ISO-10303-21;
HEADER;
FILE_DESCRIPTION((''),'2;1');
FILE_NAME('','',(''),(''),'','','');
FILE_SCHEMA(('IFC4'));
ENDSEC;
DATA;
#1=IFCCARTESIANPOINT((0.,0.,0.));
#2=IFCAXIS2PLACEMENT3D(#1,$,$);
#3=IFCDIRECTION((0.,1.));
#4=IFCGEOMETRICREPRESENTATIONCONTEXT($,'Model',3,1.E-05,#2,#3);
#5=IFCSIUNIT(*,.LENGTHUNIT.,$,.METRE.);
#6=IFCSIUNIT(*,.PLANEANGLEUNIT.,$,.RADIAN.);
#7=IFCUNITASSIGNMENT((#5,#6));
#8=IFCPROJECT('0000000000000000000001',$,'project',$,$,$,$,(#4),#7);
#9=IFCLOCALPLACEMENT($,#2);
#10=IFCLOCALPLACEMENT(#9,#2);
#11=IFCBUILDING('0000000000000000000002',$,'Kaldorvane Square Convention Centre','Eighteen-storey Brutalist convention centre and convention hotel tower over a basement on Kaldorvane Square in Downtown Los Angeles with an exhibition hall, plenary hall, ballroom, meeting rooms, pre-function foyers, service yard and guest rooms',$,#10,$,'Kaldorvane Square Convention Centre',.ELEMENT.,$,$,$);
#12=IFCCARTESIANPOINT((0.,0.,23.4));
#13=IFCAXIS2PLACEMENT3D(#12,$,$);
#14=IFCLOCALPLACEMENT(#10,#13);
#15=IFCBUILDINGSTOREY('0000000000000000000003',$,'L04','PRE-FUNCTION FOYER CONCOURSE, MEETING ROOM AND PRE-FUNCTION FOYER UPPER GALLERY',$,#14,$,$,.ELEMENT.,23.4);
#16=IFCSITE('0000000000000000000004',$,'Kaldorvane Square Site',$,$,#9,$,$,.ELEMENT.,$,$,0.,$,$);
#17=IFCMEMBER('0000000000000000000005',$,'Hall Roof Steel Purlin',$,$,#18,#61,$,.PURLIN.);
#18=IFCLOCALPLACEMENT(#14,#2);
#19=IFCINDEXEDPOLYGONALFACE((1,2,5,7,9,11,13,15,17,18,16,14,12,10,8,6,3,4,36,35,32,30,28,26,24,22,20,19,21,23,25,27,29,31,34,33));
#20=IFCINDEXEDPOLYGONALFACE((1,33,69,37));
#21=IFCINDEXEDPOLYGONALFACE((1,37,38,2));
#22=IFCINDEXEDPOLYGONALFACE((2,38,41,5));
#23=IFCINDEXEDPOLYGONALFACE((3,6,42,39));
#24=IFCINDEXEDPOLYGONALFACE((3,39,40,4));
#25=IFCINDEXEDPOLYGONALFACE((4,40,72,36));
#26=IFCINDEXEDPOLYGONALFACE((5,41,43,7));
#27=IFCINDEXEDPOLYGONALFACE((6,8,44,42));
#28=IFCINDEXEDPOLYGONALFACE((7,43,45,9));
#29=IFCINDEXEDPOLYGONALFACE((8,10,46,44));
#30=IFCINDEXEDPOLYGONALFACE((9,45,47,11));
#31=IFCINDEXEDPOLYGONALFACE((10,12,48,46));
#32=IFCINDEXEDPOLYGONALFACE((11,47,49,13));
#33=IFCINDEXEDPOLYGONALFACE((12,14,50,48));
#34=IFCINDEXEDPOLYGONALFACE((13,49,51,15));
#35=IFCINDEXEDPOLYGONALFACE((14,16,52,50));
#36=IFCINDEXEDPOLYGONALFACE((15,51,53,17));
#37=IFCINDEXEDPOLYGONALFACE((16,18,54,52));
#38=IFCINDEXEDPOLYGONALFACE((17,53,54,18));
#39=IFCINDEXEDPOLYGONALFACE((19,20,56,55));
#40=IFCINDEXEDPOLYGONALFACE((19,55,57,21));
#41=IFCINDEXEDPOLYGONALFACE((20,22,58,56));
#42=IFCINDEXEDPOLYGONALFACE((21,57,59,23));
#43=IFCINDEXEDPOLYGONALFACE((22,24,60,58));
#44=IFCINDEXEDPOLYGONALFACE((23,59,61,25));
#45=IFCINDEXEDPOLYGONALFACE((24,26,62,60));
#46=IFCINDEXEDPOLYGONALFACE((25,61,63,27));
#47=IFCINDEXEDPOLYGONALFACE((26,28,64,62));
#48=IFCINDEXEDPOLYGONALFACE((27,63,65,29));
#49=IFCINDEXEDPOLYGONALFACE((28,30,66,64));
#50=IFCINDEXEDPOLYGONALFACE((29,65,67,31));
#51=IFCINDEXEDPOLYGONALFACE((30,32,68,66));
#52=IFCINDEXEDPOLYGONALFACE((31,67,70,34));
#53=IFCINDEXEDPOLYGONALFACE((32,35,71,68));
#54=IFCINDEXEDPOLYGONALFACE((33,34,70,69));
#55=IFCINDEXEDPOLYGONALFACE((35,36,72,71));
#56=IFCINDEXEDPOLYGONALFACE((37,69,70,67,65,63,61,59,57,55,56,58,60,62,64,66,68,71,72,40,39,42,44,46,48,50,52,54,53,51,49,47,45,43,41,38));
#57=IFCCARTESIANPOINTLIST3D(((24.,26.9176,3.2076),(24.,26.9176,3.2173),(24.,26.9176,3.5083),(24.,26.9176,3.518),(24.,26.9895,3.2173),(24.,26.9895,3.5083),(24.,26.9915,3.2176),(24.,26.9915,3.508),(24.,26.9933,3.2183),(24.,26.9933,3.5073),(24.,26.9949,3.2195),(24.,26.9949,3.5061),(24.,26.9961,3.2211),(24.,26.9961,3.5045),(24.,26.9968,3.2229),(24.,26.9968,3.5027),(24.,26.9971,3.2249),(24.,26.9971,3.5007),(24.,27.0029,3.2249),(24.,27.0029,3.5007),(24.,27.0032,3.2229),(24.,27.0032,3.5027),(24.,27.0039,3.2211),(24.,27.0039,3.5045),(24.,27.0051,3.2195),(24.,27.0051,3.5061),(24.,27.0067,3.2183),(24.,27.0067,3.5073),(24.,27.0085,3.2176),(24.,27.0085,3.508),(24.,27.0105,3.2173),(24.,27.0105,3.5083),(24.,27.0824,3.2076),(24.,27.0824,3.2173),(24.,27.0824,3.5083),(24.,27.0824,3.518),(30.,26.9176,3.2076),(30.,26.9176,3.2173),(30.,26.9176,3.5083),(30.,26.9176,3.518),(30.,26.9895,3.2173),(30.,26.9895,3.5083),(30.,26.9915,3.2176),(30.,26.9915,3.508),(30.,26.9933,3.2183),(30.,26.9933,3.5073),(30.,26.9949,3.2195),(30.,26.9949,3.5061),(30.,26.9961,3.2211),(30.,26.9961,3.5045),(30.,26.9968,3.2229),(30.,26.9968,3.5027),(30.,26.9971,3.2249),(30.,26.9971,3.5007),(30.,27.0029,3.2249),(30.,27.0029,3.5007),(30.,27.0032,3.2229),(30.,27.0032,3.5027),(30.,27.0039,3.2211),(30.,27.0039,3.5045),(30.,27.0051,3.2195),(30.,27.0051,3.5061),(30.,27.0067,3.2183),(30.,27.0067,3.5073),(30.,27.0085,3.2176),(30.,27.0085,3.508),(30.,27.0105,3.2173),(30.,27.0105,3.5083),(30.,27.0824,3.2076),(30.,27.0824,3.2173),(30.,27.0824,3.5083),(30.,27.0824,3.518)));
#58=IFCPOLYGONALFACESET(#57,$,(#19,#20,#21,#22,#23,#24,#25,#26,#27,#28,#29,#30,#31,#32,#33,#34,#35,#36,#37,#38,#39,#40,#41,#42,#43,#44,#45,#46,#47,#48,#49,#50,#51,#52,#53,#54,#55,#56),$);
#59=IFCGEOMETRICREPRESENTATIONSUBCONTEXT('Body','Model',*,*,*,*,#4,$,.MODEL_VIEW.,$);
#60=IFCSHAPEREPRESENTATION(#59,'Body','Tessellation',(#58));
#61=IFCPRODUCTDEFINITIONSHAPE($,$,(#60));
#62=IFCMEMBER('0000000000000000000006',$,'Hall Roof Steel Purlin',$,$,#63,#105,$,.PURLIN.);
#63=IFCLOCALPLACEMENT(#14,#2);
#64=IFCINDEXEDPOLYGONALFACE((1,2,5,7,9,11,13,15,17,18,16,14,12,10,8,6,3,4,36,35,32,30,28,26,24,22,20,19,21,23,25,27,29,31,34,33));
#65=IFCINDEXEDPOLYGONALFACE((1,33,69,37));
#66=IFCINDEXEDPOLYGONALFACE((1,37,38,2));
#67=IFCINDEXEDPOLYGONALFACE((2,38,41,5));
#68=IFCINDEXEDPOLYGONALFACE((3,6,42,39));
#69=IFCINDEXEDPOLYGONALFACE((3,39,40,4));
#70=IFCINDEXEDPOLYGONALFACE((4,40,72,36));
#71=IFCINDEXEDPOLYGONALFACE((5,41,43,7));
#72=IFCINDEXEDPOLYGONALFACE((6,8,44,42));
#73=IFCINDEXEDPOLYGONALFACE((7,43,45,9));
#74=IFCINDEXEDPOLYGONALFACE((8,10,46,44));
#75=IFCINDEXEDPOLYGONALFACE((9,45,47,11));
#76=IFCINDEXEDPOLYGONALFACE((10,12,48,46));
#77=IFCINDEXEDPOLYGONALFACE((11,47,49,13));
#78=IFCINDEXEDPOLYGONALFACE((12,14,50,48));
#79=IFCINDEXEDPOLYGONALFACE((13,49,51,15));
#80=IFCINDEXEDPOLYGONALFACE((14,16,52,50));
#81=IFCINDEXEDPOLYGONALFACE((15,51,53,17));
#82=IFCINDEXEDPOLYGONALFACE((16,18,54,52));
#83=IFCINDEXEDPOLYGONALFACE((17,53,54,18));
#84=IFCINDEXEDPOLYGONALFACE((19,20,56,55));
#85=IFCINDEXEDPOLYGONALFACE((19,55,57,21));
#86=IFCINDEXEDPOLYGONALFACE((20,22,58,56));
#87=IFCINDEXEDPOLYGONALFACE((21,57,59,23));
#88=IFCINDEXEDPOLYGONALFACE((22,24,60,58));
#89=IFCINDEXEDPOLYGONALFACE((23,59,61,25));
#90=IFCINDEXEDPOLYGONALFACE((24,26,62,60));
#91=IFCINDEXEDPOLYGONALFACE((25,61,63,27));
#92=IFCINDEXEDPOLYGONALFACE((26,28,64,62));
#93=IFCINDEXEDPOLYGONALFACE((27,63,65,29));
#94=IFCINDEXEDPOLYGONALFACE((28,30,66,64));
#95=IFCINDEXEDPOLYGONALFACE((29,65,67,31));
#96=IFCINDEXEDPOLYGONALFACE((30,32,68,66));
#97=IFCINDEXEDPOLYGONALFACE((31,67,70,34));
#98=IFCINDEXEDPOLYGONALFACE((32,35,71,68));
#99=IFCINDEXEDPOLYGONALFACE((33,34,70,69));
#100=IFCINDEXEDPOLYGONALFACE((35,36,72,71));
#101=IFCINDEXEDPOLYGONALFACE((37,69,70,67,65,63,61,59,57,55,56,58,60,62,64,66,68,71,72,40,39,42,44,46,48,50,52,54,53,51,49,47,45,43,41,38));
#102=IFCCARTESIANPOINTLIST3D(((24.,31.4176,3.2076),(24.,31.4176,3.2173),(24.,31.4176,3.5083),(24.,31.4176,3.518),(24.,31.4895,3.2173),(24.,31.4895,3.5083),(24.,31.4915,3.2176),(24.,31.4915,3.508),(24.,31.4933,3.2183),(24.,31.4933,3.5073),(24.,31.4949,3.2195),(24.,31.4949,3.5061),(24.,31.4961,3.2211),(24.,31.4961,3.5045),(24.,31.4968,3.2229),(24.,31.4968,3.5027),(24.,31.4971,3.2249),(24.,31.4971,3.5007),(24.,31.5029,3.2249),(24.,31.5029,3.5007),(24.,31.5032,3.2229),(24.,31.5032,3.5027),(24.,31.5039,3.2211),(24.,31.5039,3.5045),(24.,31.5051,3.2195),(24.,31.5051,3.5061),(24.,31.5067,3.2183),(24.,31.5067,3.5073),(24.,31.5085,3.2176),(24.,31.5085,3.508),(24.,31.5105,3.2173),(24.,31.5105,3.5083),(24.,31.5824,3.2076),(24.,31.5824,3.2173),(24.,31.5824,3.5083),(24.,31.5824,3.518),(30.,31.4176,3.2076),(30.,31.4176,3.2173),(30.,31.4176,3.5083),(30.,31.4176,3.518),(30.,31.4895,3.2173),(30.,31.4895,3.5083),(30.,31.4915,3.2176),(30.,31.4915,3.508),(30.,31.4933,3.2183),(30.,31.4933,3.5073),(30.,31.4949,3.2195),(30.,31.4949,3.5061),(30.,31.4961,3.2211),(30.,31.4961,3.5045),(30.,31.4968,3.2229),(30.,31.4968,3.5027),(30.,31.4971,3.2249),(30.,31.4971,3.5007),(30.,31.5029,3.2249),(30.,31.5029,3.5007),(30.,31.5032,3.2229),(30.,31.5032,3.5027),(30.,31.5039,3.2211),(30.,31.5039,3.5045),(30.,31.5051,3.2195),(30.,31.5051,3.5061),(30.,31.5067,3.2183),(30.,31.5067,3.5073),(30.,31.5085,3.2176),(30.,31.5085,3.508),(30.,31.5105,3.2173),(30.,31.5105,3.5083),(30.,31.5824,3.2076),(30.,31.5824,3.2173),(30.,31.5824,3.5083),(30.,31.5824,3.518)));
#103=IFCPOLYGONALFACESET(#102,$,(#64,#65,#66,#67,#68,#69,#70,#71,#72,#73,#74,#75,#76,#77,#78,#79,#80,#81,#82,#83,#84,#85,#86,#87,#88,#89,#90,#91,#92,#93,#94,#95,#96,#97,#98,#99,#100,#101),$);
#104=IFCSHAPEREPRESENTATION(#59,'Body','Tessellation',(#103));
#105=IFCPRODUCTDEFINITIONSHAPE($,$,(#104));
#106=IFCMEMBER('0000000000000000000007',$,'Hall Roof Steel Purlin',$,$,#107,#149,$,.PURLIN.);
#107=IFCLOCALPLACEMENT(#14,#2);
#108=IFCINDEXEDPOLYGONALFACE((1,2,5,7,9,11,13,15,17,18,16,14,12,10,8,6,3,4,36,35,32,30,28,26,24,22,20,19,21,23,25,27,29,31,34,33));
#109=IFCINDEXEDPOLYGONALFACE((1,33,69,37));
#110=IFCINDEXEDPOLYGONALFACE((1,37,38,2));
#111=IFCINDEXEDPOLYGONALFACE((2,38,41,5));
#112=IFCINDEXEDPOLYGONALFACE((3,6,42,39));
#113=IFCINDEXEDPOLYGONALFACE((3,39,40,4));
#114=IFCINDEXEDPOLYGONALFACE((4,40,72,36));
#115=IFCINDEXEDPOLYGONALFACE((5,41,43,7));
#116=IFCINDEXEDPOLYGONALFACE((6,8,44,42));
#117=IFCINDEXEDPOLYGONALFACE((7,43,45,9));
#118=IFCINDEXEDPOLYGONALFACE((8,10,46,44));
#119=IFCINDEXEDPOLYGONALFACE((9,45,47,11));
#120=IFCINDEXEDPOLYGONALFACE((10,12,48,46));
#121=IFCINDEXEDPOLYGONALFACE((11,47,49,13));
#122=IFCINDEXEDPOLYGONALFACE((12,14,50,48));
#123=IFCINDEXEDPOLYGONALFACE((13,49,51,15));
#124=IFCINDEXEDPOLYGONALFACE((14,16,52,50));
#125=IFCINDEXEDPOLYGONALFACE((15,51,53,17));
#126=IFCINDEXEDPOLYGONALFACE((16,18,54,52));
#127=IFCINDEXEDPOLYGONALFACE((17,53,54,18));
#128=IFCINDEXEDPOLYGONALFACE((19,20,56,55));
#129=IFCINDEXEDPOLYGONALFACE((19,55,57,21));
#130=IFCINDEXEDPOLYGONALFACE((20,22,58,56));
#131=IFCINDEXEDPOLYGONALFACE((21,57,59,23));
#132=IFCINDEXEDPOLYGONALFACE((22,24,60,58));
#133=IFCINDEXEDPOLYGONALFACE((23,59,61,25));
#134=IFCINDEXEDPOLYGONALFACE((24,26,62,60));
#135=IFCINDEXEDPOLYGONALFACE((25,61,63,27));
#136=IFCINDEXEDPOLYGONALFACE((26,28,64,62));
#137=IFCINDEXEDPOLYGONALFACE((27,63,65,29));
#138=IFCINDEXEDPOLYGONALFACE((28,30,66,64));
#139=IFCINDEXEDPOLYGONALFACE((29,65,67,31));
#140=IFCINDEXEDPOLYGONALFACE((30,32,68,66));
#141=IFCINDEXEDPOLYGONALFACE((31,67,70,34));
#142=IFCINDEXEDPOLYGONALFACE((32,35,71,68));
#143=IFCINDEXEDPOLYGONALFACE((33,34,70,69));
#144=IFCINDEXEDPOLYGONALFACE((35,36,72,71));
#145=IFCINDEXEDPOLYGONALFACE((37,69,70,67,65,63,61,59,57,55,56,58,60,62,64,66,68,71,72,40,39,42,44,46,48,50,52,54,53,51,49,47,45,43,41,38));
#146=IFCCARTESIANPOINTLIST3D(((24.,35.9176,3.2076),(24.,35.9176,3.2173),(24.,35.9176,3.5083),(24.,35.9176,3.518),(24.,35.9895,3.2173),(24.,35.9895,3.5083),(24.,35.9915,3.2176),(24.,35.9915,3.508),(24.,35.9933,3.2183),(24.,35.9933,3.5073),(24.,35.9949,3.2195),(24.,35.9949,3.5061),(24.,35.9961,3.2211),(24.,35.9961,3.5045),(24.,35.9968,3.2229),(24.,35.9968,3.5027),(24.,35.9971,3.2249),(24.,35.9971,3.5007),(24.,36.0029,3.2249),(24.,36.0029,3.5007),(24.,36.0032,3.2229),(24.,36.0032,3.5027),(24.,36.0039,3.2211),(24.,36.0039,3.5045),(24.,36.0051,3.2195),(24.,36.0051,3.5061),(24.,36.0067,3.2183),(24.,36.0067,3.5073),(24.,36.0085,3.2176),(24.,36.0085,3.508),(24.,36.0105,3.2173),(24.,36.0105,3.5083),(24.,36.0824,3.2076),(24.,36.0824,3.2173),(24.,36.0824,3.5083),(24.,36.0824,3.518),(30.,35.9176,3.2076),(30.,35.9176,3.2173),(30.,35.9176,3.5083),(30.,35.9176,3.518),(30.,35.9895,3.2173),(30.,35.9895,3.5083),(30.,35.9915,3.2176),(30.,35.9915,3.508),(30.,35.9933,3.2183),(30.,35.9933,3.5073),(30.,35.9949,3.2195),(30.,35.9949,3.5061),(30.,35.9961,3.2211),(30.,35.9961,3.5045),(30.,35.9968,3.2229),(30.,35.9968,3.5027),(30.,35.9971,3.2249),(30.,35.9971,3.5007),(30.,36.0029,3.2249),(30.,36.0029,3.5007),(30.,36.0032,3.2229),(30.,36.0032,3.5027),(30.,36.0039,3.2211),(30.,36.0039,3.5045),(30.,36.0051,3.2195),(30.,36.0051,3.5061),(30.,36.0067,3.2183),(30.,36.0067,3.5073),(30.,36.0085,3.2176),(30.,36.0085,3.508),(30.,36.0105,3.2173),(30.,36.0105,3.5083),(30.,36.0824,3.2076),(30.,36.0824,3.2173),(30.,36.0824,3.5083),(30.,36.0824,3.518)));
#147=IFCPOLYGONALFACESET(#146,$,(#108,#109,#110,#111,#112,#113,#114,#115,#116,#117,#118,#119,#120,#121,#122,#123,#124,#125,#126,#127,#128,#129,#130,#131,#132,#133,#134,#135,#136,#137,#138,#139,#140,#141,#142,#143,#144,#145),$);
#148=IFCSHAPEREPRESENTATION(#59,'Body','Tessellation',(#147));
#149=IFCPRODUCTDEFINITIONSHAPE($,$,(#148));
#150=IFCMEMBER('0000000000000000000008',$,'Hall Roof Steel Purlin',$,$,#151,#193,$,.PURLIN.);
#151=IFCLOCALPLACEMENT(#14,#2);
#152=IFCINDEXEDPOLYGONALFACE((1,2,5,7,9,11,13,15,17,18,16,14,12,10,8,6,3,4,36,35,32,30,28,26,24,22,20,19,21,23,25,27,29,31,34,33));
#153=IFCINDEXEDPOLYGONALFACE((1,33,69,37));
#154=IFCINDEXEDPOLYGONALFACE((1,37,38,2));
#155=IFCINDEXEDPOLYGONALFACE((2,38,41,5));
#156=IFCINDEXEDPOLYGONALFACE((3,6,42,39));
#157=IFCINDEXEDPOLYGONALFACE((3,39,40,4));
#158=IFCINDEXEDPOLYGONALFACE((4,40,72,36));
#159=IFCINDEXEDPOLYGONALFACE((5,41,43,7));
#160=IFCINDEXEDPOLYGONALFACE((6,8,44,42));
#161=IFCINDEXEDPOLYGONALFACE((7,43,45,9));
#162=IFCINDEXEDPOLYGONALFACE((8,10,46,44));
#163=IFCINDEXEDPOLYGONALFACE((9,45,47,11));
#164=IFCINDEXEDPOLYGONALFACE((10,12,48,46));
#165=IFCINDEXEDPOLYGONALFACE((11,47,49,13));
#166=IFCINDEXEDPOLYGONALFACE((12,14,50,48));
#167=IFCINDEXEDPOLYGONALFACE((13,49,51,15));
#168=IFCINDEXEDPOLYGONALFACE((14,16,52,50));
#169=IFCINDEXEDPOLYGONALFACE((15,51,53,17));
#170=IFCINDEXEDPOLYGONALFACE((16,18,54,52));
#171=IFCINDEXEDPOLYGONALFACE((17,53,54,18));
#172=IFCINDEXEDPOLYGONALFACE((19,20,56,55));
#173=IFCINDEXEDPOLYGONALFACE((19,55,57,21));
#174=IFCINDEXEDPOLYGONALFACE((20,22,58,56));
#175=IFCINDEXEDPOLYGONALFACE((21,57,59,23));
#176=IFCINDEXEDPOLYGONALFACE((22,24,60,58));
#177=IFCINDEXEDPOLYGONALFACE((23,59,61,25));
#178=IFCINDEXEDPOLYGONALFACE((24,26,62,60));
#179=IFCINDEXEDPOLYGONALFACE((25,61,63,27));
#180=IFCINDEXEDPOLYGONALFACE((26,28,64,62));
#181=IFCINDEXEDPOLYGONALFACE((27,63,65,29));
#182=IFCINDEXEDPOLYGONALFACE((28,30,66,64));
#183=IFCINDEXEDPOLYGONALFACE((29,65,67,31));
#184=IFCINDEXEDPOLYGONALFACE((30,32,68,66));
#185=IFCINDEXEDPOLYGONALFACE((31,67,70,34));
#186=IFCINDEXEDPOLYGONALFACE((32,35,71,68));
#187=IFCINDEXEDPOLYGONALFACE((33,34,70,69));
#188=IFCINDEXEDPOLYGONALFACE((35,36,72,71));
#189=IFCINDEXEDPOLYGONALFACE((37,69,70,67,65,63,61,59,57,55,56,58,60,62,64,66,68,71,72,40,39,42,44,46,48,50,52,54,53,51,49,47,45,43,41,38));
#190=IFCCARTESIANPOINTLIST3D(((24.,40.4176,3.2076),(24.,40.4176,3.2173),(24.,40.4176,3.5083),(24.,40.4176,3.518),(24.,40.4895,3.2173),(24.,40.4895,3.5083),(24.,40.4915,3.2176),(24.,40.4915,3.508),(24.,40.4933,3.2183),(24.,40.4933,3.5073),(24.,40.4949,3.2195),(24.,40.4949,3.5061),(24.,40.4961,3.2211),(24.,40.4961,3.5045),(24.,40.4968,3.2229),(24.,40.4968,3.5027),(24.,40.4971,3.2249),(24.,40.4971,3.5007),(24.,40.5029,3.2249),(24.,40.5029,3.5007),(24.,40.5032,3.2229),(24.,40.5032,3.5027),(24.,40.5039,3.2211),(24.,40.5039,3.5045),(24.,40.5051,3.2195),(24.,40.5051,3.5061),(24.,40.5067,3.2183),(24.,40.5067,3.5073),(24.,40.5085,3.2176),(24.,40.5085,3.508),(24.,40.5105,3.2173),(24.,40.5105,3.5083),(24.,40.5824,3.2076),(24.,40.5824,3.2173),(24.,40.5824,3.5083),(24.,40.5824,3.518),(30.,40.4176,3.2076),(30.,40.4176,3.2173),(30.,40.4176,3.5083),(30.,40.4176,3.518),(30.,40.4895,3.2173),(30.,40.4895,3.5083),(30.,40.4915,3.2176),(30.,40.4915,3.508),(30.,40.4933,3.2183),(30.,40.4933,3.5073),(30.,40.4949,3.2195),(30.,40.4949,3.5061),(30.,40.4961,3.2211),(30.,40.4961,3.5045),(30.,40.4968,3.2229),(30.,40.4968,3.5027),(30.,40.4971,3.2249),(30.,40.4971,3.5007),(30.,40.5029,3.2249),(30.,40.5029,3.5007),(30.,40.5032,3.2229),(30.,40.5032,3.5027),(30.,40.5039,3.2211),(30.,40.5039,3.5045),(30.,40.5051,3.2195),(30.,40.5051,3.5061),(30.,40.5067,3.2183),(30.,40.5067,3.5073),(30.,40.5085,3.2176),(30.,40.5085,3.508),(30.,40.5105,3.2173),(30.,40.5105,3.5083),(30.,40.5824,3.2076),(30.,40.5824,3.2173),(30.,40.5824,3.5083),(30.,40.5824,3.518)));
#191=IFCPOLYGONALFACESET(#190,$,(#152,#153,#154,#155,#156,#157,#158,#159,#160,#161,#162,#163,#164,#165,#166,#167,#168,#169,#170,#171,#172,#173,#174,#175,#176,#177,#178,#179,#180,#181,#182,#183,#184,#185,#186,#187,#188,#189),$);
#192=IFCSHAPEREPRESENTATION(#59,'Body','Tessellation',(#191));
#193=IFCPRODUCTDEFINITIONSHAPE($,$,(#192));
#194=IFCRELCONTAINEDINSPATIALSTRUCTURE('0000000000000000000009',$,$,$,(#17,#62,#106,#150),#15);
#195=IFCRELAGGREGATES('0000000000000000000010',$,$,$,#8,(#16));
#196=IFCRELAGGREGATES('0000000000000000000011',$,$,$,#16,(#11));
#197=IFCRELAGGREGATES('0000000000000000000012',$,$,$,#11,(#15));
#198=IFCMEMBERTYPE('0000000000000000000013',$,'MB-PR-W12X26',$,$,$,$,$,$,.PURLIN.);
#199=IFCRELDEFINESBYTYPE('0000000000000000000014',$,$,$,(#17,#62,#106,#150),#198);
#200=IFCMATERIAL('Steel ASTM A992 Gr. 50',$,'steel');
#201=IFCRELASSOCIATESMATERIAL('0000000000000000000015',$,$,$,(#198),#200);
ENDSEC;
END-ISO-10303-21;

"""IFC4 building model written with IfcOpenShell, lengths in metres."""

from ifc_helpers import new_model, si_unit, direction, frame, origin, origin_2d, place, context, subcontext, project, spatial, i_section, extrude, material, material_profile, profile_set, type_object, element, save


model = new_model("IFC4")

# Units and contexts
model_context = context("Model", 3, precision=1e-05, world=origin(), true_north=direction((0.0, 1.0)))
body_context = subcontext(model_context, "Body", "Model", "MODEL_VIEW")
ifc_project = project(units=[si_unit("LENGTHUNIT", "METRE"), si_unit("PLANEANGLEUNIT", "RADIAN")], contexts=[model_context])

# Site, building, storey
site_placement = place(None, origin())
site = spatial("IfcSite", under=ifc_project, at=site_placement, Name="Kaldorvane Square Site", CompositionType="ELEMENT", RefElevation=0.0)
building_placement = place(site_placement, origin())
building = spatial("IfcBuilding", under=site, at=building_placement, Name="Kaldorvane Square Convention Centre", Description="Eighteen-storey Brutalist convention centre and convention hotel tower over a basement on Kaldorvane Square in Downtown Los Angeles with an exhibition hall, plenary hall, ballroom, meeting rooms, pre-function foyers, service yard and guest rooms", LongName="Kaldorvane Square Convention Centre", CompositionType="ELEMENT")
storey_placement = place(building_placement, frame((0.0, 0.0, 23.4)))
storey = spatial("IfcBuildingStorey", under=building, at=storey_placement, Name="L04", Description="PRE-FUNCTION FOYER CONCOURSE, MEETING ROOM AND PRE-FUNCTION FOYER UPPER GALLERY", CompositionType="ELEMENT", Elevation=23.4)

# Shared definitions
ifc_material_1 = material(Name="Steel ASTM A992 Gr. 50", Category="steel")

# Members
ifc_material_profile_1 = material_profile(ifc_material_1, i_section(OverallWidth=0.1648, OverallDepth=0.3104, WebThickness=0.0058, FlangeThickness=0.0097, FilletRadius=0.0076, at=origin_2d()), Name="W12X26")
ifc_profile_set_1 = profile_set([ifc_material_profile_1], Name="Steel ASTM A992 Gr. 50")
member_type = type_object("IfcMemberType", Name="MB-PR-W12X26", PredefinedType="PURLIN", material=ifc_profile_set_1)
for number, where, z_axis, x_axis, name in (
    (1, (24.0, 27.0, 3.3628), (1.0, 0.0, 0.0), (0.0, 1.0, 0.0), "Hall Roof Steel Purlin"),
    (2, (24.0, 31.5, 3.3628), (1.0, 0.0, 0.0), (0.0, 1.0, 0.0), "Hall Roof Steel Purlin"),
    (3, (24.0, 36.0, 3.3628), (1.0, 0.0, 0.0), (0.0, 1.0, 0.0), "Hall Roof Steel Purlin"),
    (4, (24.0, 40.5, 3.3628), (1.0, 0.0, 0.0), (0.0, 1.0, 0.0), "Hall Roof Steel Purlin"),
):
    element("IfcMember", number, at=place(storey_placement, frame(where, z_axis=z_axis, x_axis=x_axis)), inside=storey, type_object=member_type, Name=name, PredefinedType="PURLIN", context=body_context, shape_type="SweptSolid", body=[
        extrude(i_section(OverallWidth=0.1648, OverallDepth=0.3104, WebThickness=0.0058, FlangeThickness=0.0097, FilletRadius=0.0076, at=origin_2d()), origin(), (0.0, 0.0, 1.0), 6.0),
    ])

save(model, "model.ifc")
